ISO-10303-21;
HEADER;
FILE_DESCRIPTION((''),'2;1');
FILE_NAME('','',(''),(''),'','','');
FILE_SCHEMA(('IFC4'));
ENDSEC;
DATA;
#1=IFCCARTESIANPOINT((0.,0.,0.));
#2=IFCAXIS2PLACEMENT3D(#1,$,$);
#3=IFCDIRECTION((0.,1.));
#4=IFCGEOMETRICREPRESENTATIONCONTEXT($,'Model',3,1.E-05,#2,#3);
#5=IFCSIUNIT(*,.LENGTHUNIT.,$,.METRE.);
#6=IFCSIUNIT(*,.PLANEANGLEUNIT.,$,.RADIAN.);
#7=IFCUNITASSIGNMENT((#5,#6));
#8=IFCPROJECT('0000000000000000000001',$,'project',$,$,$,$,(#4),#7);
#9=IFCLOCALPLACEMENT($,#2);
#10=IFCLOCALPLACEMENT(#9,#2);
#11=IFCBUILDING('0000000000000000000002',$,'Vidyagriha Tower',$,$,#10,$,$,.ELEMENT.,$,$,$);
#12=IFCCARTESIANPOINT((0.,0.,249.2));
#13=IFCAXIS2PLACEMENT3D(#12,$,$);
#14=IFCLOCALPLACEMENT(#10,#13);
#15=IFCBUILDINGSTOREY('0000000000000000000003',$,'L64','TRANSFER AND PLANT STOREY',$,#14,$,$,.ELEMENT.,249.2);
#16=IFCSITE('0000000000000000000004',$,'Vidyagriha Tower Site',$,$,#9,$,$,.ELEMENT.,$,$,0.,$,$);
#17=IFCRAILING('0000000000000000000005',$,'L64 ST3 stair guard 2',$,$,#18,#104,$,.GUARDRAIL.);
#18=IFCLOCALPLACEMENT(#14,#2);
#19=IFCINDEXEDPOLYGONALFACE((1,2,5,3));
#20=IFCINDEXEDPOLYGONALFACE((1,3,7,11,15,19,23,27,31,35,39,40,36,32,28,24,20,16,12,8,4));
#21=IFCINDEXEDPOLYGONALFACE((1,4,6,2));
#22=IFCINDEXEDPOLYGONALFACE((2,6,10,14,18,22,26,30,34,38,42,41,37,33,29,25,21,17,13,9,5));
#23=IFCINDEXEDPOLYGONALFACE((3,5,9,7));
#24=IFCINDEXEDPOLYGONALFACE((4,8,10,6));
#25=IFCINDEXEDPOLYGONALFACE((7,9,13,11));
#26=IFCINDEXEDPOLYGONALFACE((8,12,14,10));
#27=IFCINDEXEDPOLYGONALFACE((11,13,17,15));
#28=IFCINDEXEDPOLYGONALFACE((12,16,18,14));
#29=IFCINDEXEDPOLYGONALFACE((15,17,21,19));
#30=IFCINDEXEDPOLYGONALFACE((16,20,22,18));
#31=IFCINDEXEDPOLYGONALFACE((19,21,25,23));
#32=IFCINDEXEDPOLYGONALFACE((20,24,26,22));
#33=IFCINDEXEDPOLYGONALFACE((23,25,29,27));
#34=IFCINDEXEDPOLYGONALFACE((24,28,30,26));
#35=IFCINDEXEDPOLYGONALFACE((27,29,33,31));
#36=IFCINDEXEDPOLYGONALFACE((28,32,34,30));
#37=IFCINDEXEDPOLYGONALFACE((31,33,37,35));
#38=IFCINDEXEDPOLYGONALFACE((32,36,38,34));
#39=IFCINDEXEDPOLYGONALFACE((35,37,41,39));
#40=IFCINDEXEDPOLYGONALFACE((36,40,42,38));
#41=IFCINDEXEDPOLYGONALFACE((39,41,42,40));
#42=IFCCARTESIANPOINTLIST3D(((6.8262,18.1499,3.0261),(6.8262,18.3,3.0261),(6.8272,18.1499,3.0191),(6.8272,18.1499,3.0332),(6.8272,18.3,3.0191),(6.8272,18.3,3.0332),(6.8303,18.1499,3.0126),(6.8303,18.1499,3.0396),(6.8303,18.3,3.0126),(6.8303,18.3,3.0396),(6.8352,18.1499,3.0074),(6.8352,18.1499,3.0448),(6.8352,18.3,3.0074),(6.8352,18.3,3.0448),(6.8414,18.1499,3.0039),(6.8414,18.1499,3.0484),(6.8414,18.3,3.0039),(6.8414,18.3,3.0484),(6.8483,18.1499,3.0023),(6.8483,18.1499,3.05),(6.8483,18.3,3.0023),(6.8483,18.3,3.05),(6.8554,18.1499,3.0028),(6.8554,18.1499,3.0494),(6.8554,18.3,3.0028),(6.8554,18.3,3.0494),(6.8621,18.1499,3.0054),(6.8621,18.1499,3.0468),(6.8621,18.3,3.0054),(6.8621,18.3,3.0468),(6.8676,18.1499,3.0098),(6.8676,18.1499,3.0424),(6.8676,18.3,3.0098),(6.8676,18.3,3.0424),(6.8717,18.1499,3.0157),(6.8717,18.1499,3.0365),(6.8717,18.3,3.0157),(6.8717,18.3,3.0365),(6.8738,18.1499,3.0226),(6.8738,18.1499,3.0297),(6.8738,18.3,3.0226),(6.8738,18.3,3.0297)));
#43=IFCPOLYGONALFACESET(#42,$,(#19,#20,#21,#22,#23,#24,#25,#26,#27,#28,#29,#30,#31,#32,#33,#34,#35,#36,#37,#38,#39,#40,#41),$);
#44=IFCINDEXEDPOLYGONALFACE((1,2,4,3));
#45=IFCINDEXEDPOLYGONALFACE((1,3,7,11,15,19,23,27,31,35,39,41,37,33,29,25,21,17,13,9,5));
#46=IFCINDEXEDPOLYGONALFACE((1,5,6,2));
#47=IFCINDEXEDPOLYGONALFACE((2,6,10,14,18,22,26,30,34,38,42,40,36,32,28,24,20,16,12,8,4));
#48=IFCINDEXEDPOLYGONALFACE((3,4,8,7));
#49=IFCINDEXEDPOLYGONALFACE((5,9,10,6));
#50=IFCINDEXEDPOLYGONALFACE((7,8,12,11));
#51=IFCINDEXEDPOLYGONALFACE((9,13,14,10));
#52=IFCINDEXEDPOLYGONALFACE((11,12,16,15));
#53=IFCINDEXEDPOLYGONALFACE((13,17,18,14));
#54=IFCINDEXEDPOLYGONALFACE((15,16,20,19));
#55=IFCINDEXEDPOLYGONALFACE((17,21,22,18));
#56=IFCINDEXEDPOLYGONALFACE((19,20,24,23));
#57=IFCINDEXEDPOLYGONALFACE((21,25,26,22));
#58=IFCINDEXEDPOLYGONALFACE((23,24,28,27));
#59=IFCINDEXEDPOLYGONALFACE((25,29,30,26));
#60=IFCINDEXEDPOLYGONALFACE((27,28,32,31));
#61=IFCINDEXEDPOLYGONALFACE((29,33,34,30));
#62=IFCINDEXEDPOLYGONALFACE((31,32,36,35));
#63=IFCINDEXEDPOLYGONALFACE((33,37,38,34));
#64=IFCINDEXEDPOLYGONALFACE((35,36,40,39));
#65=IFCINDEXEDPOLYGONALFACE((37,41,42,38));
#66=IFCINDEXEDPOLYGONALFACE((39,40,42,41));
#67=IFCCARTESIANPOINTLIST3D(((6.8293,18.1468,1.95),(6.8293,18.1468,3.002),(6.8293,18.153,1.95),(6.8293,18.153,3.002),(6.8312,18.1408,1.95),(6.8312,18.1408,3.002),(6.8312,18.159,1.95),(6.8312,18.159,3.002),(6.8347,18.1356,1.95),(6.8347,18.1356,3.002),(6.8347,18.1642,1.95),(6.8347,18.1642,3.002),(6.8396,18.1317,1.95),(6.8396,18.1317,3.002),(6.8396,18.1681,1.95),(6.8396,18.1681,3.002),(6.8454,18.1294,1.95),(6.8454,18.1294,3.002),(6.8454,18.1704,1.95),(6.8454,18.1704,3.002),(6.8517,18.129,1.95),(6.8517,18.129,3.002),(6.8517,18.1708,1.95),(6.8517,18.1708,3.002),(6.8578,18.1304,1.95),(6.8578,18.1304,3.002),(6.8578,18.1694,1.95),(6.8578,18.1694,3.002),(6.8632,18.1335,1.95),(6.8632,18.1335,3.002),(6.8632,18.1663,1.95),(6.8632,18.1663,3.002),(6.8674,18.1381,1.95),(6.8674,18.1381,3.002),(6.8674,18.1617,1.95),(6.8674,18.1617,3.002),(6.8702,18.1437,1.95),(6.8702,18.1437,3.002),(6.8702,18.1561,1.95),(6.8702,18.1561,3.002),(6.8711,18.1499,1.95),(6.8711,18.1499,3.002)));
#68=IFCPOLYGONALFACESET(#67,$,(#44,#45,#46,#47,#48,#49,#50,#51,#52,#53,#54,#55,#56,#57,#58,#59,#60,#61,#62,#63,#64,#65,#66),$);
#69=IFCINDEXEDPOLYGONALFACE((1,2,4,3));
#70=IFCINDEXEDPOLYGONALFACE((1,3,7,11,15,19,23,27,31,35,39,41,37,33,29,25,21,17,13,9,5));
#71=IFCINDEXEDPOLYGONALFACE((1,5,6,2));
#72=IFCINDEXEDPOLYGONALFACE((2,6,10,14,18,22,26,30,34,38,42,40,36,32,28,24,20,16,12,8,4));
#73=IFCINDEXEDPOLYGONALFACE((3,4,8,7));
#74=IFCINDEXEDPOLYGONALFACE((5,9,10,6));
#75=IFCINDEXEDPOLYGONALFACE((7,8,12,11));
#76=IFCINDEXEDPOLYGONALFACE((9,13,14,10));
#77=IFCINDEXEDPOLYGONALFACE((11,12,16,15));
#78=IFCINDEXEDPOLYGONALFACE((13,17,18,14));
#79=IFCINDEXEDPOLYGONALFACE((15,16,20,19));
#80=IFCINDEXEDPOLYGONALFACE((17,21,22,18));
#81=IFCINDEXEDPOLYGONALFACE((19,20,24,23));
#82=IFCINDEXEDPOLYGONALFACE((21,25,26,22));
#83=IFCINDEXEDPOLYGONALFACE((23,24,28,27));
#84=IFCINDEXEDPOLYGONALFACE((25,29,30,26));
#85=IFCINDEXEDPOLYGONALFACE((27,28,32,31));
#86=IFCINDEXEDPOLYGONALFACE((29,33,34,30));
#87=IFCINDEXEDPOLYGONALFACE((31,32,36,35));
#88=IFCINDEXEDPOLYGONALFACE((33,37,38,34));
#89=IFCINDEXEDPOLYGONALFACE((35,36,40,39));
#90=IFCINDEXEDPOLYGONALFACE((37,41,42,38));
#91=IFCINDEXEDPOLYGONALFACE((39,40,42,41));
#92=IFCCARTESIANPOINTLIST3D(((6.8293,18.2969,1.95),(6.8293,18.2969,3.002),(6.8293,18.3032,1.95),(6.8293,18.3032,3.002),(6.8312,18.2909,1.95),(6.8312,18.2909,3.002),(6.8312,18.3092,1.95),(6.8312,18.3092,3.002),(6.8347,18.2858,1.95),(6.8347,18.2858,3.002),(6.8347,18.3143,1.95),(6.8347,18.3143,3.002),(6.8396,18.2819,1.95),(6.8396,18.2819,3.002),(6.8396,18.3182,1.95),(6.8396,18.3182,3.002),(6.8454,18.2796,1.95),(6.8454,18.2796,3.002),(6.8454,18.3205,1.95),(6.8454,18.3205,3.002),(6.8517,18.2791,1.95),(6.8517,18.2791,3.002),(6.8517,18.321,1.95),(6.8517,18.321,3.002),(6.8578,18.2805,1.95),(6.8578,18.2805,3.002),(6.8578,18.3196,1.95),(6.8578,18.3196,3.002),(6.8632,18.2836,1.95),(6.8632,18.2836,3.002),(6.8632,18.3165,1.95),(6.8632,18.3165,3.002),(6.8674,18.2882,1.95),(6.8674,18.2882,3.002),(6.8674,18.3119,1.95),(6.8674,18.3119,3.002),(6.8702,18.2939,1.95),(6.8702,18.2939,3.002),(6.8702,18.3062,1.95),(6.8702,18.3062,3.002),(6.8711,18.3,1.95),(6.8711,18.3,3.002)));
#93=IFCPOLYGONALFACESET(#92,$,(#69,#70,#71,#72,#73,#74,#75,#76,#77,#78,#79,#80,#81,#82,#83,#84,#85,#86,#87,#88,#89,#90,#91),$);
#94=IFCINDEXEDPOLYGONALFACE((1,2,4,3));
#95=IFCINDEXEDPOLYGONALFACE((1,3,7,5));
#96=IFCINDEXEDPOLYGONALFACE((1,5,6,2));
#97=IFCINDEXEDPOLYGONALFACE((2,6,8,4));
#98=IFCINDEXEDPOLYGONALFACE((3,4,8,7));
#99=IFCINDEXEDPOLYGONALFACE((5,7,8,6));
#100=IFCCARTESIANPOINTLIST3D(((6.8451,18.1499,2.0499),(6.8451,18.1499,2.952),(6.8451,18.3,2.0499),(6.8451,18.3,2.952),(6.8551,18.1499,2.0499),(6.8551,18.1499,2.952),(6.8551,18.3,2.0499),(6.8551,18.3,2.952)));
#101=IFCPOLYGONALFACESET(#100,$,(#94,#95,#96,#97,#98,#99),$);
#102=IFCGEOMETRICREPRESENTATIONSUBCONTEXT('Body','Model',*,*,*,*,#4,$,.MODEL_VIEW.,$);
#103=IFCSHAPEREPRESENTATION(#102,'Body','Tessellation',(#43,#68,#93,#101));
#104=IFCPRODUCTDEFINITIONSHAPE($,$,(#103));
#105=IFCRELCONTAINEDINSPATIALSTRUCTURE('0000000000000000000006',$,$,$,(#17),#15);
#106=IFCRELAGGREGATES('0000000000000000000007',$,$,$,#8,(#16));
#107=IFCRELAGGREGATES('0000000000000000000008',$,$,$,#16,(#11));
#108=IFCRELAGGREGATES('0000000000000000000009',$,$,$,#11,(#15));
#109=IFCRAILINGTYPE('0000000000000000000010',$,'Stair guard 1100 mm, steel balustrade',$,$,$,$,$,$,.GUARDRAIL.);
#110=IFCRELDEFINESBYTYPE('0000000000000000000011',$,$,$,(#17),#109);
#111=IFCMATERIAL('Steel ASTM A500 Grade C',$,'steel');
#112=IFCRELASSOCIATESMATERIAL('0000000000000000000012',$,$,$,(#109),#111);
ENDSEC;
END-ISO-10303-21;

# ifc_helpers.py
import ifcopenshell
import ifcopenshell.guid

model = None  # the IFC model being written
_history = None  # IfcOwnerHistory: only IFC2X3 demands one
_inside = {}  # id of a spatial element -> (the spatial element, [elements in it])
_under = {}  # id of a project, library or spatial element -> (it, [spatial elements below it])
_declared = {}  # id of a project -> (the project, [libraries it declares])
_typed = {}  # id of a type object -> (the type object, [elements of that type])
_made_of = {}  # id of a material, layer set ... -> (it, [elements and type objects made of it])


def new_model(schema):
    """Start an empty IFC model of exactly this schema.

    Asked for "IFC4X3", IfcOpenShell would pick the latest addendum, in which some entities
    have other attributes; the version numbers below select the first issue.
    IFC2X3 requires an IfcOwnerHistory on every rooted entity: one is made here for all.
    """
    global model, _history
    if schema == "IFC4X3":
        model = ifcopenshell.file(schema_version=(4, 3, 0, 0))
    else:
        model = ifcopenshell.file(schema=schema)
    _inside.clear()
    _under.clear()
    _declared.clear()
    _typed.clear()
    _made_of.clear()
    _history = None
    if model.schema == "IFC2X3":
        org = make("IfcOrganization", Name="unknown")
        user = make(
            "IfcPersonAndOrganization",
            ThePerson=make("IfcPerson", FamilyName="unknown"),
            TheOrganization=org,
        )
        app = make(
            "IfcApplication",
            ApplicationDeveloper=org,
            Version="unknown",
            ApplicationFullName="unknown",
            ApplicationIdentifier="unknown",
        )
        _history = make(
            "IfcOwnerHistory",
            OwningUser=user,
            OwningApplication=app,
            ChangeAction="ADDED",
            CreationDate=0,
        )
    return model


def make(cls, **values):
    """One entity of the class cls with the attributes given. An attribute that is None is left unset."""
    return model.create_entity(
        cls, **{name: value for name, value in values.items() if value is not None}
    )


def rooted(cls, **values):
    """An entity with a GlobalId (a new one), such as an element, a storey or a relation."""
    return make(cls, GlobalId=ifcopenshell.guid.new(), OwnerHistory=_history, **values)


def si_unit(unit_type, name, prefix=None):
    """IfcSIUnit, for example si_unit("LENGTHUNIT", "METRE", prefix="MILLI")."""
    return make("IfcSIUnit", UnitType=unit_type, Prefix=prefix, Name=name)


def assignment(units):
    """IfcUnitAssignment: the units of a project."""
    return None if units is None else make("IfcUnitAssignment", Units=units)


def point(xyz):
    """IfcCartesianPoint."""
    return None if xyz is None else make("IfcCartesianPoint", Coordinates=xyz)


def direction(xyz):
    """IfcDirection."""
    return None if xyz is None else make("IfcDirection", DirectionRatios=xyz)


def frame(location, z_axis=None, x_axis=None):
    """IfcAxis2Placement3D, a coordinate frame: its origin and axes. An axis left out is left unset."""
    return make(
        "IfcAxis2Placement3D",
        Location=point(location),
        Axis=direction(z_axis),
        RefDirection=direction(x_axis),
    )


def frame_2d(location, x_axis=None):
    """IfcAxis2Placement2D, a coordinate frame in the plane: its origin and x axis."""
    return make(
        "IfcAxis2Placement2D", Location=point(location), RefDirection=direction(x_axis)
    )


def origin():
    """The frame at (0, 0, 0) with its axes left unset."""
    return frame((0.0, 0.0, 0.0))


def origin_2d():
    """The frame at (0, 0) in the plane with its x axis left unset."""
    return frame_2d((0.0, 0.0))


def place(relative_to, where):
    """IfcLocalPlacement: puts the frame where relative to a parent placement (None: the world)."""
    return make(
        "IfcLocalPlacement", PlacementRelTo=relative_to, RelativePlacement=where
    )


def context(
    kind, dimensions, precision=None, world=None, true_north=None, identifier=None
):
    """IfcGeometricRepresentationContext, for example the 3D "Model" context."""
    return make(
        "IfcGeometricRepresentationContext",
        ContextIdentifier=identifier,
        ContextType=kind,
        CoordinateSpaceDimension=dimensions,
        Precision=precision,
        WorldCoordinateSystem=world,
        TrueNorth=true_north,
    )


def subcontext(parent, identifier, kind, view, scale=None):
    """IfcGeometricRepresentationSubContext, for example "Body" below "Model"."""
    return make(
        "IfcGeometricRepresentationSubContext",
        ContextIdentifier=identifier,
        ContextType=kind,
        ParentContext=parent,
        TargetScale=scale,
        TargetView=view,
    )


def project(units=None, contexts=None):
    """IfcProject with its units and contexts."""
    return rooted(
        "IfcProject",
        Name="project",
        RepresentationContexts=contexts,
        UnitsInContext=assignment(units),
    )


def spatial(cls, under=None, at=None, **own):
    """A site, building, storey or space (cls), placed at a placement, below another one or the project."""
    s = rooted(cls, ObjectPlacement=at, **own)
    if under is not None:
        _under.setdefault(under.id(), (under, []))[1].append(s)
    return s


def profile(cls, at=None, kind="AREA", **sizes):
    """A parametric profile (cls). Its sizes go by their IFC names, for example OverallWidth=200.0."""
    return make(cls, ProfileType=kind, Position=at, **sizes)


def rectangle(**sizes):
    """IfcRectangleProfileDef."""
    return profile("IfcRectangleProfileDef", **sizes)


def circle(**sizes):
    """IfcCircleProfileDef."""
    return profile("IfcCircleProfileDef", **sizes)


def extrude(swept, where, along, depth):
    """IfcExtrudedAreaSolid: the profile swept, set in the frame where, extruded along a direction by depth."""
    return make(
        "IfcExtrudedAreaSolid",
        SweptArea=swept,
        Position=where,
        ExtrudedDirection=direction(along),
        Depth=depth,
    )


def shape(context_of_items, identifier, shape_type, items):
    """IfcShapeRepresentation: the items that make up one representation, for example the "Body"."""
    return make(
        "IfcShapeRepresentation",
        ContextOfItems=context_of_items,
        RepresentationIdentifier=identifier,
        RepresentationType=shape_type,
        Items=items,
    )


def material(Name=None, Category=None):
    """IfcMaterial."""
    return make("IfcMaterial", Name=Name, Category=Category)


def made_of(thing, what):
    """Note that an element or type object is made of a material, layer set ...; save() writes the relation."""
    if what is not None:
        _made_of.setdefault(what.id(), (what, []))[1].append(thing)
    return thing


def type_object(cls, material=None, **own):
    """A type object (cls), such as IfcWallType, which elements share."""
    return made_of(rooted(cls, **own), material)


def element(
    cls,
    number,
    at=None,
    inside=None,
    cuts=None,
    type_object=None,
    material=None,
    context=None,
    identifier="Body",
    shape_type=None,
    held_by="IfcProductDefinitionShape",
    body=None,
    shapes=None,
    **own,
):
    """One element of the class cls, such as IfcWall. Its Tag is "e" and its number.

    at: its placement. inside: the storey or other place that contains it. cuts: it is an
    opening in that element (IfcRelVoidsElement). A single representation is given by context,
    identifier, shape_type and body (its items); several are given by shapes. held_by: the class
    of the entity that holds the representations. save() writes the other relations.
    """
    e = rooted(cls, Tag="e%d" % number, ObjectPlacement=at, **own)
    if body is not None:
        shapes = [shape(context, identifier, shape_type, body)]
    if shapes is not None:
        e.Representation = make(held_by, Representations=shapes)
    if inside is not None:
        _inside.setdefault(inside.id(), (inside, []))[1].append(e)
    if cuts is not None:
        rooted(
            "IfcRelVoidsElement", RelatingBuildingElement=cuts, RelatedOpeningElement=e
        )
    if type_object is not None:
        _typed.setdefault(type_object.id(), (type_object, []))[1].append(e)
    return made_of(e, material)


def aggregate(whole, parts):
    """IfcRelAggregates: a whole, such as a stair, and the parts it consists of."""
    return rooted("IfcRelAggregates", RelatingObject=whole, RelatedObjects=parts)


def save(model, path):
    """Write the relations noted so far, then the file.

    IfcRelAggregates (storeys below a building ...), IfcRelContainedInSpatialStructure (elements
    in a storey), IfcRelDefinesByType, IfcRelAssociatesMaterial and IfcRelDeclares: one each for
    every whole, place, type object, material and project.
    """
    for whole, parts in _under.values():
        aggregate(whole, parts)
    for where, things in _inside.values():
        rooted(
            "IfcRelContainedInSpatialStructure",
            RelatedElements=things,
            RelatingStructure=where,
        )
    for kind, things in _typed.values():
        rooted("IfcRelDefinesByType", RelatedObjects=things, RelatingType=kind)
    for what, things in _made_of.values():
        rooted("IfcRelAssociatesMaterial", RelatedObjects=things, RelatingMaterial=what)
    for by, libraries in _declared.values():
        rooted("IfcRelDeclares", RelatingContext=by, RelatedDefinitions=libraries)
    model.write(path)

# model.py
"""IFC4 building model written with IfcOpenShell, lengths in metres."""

from ifc_helpers import new_model, si_unit, direction, frame, origin, origin_2d, place, context, subcontext, project, spatial, rectangle, circle, extrude, material, type_object, element, save


model = new_model("IFC4")

# Units and contexts
model_context = context("Model", 3, precision=1e-05, world=origin(), true_north=direction((0.0, 1.0)))
body_context = subcontext(model_context, "Body", "Model", "MODEL_VIEW")
ifc_project = project(units=[si_unit("LENGTHUNIT", "METRE"), si_unit("PLANEANGLEUNIT", "RADIAN")], contexts=[model_context])

# Site, building, storey
site_placement = place(None, origin())
site = spatial("IfcSite", under=ifc_project, at=site_placement, Name="Vidyagriha Tower Site", CompositionType="ELEMENT", RefElevation=0.0)
building_placement = place(site_placement, origin())
building = spatial("IfcBuilding", under=site, at=building_placement, Name="Vidyagriha Tower", CompositionType="ELEMENT")
storey_placement = place(building_placement, frame((0.0, 0.0, 249.2)))
storey = spatial("IfcBuildingStorey", under=building, at=storey_placement, Name="L64", Description="TRANSFER AND PLANT STOREY", CompositionType="ELEMENT", Elevation=249.2)

# Railing
ifc_material_1 = material(Name="Steel ASTM A500 Grade C", Category="steel")
railing_type_1 = type_object("IfcRailingType", Name="Stair guard 1100 mm, steel balustrade", PredefinedType="GUARDRAIL", material=ifc_material_1)
railing_1_placement = place(storey_placement, frame((6.8501, 18.1499, 1.95)))
element("IfcRailing", 1, at=railing_1_placement, inside=storey, type_object=railing_type_1, Name="L64 ST3 stair guard 2", PredefinedType="GUARDRAIL", context=body_context, shape_type="SweptSolid", body=[
    extrude(circle(Radius=0.0239, at=origin_2d()), frame((0.0, 0.0, 1.0762), z_axis=(0.0, 1.0, 0.0), x_axis=(-1.0, 0.0, 0.0)), (0.0, 0.0, 1.0), 0.1501),
    extrude(circle(Radius=0.021, at=origin_2d()), origin(), (0.0, 0.0, 1.0), 1.052),
    extrude(circle(Radius=0.021, at=origin_2d()), frame((0.0, 0.1501, 0.0)), (0.0, 0.0, 1.0), 1.052),
    extrude(rectangle(XDim=0.01, YDim=0.9021, at=origin_2d()), frame((0.0, 0.0, 0.551), z_axis=(0.0, 1.0, 0.0), x_axis=(-1.0, 0.0, 0.0)), (0.0, 0.0, 1.0), 0.1501),
])

save(model, "model.ifc")
